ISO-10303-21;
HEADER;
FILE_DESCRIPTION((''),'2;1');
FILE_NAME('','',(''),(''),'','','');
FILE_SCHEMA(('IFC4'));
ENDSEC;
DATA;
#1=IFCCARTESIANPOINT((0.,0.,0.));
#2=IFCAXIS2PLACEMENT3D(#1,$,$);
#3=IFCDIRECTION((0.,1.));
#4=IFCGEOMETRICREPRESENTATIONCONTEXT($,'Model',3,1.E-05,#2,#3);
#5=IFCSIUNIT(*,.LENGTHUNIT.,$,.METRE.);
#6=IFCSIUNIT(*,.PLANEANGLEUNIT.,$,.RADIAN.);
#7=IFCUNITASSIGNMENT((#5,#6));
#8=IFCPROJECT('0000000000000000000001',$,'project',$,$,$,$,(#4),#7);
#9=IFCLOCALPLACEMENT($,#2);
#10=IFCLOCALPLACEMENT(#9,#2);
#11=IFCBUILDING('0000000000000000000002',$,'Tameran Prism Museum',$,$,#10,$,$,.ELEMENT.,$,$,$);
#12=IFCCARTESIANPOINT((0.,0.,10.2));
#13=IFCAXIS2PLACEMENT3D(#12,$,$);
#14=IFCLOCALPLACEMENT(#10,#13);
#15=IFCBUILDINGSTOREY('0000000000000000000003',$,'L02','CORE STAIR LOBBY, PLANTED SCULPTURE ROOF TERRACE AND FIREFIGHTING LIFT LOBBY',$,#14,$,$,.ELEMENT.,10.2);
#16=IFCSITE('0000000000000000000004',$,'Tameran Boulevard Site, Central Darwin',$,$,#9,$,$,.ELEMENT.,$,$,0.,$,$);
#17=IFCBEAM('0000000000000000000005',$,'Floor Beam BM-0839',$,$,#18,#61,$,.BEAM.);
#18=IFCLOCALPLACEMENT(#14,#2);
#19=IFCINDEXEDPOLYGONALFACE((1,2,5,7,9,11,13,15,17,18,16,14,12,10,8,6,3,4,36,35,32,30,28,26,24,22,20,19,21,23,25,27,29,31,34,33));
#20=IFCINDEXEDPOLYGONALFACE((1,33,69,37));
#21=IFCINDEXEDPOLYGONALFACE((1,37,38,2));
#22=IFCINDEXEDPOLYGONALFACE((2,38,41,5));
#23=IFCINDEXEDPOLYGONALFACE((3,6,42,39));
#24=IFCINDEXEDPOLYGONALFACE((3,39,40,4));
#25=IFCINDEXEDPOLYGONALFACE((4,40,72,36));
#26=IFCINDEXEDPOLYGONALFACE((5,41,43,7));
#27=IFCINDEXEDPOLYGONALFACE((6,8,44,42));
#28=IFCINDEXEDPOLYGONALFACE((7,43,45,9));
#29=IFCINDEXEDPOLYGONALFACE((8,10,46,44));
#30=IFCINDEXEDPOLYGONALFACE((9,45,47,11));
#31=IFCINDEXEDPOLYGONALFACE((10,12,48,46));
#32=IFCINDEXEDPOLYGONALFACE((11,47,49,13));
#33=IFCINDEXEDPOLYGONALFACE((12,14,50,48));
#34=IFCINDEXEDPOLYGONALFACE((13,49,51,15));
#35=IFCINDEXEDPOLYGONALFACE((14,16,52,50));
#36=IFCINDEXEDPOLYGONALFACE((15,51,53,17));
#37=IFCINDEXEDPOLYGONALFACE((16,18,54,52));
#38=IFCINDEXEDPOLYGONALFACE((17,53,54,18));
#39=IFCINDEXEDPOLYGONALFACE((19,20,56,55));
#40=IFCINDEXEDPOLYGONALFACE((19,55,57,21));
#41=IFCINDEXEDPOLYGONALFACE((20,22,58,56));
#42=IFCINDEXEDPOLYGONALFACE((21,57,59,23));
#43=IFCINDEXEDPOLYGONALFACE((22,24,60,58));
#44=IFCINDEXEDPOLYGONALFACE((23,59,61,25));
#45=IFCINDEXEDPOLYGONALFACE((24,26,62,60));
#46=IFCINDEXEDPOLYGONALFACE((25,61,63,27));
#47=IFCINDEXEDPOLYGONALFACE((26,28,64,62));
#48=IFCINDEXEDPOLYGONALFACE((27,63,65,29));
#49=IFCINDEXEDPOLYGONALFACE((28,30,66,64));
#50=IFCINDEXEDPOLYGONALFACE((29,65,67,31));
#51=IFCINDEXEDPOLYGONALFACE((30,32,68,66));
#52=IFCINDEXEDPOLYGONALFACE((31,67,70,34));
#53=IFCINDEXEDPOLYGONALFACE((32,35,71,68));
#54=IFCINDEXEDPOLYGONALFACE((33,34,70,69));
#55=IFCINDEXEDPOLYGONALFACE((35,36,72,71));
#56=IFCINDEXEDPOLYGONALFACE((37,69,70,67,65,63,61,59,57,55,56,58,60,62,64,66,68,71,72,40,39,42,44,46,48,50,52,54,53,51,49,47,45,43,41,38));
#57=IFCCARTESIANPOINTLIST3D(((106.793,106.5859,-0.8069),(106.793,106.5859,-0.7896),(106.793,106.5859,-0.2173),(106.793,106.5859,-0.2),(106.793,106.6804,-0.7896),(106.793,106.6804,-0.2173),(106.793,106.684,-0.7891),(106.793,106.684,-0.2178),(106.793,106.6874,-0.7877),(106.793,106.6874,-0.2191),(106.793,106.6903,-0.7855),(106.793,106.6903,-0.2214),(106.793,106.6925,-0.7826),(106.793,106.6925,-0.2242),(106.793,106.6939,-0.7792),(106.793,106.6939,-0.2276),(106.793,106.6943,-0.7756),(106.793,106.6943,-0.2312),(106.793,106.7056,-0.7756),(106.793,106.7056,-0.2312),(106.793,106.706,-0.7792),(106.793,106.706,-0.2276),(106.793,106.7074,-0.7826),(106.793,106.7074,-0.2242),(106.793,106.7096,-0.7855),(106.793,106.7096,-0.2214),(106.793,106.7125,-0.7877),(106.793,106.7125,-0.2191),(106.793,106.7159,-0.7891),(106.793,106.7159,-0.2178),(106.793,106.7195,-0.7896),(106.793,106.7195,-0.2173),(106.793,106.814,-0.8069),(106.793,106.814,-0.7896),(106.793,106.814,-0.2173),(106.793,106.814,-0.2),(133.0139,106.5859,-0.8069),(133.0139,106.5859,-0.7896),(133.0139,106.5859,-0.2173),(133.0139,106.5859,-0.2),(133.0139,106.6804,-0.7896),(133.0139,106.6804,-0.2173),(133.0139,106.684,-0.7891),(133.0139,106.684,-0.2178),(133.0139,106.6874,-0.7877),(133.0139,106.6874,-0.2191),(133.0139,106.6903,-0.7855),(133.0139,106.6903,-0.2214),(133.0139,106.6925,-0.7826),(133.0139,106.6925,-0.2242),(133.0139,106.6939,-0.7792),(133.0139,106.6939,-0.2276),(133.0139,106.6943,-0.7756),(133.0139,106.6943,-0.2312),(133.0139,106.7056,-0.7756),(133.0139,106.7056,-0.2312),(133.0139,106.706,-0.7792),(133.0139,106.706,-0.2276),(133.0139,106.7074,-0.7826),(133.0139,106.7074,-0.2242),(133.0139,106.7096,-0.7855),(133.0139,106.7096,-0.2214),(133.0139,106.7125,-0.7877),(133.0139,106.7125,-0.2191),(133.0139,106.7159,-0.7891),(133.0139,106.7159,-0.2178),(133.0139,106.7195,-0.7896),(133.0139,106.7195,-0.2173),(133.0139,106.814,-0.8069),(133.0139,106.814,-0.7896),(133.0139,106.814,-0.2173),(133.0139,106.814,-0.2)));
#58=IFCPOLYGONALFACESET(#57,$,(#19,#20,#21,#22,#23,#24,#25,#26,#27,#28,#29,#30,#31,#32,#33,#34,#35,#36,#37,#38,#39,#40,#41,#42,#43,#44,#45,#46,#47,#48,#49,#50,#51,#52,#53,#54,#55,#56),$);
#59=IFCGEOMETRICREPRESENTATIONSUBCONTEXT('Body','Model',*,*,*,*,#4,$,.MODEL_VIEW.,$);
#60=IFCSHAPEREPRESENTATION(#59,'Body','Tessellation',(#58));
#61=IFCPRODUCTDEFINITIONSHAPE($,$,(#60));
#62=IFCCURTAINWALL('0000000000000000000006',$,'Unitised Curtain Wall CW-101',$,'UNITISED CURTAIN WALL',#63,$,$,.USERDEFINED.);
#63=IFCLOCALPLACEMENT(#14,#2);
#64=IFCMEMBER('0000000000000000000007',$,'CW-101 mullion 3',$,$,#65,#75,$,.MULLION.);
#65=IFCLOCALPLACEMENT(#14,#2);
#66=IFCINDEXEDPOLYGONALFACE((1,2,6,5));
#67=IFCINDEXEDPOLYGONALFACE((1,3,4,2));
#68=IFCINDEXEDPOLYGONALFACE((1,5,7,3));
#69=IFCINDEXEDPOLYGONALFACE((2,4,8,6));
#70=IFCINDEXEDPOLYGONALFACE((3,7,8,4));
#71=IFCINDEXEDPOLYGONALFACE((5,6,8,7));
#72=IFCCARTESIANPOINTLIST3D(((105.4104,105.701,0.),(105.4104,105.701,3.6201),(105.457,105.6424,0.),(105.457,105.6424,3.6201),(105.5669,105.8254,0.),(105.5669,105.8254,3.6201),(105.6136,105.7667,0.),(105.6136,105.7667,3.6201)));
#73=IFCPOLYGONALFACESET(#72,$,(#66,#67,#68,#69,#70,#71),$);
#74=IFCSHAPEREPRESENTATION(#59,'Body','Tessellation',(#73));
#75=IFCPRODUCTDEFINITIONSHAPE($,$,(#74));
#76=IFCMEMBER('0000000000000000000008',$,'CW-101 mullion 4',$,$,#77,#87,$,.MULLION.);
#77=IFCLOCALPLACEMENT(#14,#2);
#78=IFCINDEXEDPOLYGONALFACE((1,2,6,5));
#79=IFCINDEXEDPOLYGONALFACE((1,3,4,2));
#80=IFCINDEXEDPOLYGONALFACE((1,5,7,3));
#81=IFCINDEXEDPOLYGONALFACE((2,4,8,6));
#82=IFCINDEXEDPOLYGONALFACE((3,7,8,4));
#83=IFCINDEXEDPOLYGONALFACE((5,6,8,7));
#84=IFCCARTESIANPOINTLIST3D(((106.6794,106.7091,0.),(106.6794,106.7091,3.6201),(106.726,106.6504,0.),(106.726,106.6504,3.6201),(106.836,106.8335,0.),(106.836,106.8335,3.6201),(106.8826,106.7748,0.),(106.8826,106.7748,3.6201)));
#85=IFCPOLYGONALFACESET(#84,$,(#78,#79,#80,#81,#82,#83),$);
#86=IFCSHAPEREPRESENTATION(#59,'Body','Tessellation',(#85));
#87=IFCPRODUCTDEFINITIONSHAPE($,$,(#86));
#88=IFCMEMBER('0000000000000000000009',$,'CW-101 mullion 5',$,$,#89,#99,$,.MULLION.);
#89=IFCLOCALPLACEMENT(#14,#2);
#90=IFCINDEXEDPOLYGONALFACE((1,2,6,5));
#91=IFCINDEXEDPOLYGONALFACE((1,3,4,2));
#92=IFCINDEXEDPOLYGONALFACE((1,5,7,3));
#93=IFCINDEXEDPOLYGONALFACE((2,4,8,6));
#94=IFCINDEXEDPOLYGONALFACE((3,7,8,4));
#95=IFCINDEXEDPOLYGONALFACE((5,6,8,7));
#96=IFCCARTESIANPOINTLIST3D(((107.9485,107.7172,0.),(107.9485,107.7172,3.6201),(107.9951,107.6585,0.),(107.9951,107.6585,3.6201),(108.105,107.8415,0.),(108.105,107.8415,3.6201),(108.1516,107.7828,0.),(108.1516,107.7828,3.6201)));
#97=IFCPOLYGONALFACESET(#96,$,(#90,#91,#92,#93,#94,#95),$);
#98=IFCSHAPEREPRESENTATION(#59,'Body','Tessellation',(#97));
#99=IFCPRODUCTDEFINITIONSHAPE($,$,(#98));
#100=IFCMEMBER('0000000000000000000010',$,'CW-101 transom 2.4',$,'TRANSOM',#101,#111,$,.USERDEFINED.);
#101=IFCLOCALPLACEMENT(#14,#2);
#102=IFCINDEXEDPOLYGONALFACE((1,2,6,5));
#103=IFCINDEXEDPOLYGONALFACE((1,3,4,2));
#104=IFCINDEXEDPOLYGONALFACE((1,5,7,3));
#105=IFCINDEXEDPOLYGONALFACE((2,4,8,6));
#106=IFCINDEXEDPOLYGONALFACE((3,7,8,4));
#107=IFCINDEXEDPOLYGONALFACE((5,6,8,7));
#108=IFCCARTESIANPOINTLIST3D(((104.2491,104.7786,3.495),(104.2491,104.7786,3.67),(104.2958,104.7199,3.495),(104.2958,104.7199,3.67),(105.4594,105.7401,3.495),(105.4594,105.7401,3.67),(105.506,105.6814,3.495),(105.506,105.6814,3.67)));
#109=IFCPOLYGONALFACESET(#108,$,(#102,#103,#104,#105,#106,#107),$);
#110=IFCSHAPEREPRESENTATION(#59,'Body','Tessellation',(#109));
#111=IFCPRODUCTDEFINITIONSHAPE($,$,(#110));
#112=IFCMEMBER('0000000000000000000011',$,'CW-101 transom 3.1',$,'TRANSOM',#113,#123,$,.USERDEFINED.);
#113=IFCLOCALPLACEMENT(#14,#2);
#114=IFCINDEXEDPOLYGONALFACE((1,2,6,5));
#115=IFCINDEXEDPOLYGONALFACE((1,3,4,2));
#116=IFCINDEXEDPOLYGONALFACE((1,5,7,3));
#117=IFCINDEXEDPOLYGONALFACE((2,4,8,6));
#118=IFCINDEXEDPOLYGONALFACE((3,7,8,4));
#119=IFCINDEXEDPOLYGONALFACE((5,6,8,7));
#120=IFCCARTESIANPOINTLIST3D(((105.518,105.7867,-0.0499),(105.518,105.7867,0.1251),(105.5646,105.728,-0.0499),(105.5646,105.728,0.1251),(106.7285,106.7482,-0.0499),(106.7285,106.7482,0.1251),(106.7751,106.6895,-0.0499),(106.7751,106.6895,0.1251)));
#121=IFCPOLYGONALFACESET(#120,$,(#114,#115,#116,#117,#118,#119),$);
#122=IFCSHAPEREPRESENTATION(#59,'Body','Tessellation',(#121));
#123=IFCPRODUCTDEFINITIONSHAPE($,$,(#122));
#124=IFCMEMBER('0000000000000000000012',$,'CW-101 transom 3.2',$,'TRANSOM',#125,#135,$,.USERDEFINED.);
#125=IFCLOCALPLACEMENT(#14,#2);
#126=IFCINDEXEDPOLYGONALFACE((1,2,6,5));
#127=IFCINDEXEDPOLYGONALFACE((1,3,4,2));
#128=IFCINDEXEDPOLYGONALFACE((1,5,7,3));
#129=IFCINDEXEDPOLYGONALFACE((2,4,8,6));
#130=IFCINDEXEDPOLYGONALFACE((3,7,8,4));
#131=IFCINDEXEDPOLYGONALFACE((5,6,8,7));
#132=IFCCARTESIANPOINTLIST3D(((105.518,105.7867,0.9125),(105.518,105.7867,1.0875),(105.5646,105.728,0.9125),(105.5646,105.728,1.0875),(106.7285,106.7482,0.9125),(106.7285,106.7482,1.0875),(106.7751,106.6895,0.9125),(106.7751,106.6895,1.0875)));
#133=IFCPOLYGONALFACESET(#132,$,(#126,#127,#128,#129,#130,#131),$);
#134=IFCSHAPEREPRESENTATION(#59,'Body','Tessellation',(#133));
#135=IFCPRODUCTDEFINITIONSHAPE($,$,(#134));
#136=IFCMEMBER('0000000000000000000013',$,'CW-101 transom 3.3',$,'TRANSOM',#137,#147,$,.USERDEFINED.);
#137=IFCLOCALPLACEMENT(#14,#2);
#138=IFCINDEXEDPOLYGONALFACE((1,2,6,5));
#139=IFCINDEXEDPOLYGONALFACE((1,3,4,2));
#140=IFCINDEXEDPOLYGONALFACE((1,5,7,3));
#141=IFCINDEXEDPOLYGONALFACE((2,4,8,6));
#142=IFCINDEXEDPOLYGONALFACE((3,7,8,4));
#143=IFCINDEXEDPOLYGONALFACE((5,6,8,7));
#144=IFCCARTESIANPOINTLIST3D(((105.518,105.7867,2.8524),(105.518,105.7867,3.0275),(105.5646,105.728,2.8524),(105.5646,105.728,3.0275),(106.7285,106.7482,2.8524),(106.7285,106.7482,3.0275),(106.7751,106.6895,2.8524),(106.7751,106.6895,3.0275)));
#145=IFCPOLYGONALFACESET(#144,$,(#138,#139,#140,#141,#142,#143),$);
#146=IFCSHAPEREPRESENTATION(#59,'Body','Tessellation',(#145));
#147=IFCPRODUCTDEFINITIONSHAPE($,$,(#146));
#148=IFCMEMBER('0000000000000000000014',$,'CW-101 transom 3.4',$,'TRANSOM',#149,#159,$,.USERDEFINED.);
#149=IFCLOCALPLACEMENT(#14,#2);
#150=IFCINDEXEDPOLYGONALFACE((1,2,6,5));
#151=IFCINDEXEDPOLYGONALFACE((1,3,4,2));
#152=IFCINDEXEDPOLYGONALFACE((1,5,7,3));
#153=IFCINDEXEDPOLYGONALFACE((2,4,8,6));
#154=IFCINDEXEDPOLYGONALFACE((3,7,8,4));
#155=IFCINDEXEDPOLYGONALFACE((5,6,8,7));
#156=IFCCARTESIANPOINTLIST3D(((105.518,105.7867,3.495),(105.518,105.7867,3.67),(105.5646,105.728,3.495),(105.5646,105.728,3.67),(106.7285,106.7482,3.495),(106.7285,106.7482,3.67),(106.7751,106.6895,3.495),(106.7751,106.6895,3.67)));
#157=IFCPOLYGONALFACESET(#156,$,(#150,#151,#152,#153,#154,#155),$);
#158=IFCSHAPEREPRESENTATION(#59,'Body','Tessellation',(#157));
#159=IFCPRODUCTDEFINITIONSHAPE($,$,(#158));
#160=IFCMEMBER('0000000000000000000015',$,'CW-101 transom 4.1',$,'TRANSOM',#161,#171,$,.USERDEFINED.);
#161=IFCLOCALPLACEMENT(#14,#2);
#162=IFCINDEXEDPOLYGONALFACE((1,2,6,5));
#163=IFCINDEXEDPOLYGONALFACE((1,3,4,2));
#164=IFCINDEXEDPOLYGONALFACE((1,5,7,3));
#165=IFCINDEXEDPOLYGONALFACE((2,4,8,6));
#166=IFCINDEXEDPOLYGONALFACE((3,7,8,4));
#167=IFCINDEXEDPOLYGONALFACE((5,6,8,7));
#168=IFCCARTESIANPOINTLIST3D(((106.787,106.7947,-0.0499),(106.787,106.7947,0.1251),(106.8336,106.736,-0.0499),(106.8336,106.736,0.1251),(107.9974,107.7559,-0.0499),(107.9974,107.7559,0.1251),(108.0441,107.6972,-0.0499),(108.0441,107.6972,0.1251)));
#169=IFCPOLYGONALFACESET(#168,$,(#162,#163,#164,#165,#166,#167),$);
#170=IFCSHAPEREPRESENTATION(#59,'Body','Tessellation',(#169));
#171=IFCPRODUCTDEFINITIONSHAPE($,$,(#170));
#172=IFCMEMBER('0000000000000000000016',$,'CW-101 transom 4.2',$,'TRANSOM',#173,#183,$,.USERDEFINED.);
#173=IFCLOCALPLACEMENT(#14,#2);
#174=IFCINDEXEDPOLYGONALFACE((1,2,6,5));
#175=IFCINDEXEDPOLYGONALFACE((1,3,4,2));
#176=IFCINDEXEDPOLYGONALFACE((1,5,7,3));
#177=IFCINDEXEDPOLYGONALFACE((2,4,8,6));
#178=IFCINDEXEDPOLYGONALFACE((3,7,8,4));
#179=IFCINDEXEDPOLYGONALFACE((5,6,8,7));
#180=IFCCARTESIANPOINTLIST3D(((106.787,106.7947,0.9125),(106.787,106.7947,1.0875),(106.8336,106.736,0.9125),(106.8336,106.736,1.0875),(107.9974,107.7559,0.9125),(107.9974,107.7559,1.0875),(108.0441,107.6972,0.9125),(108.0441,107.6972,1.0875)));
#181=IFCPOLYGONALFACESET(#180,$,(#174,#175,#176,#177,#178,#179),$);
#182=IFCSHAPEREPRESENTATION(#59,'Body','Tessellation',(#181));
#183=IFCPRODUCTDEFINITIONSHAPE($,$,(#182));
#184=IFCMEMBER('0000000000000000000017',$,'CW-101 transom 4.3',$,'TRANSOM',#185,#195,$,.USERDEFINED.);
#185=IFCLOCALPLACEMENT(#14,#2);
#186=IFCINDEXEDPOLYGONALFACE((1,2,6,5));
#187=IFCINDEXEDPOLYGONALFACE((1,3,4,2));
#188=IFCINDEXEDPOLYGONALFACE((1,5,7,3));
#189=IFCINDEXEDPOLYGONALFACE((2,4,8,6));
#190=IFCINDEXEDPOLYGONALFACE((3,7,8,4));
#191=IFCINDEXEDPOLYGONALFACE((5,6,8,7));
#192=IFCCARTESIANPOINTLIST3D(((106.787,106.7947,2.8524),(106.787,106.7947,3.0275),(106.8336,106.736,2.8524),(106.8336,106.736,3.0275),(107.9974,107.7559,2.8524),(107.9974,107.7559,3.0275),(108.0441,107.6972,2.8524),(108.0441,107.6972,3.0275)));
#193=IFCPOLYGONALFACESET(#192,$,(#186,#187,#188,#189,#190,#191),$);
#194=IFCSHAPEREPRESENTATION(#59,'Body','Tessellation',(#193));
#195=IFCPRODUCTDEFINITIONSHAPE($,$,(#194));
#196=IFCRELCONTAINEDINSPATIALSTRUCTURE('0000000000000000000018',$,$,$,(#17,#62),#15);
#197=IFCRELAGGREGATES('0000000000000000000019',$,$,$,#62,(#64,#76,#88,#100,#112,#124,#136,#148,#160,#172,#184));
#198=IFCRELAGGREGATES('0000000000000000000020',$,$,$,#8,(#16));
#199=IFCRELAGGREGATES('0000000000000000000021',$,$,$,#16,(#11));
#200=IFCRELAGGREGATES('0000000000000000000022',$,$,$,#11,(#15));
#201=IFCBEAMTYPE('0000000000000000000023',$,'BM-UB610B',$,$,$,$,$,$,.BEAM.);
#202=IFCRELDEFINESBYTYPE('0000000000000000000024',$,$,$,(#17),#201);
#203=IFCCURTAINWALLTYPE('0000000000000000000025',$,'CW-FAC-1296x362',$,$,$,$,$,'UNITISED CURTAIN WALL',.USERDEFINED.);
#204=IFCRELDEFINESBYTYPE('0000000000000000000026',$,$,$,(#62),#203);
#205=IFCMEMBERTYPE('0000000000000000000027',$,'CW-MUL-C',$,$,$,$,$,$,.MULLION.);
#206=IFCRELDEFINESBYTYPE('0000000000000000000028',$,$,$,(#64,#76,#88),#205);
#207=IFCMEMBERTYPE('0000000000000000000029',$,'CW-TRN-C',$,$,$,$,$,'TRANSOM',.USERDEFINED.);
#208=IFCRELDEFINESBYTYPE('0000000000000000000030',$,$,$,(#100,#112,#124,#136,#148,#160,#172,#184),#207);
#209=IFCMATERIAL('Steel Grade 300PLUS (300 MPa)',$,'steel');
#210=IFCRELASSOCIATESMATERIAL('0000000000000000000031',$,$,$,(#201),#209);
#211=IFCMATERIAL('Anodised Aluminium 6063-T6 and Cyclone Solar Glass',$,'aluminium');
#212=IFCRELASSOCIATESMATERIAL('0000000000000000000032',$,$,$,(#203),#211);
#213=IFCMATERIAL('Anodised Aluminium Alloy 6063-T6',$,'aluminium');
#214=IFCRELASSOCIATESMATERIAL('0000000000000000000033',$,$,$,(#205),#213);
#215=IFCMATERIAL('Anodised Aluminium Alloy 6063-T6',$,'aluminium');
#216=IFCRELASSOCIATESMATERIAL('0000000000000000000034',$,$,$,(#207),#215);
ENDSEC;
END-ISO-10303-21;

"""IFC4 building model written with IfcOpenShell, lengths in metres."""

from ifc_helpers import new_model, si_unit, direction, frame, origin, origin_2d, place, context, subcontext, project, spatial, rectangle, i_section, extrude, material, material_profile, profile_set, type_object, element, aggregate, save


model = new_model("IFC4")

# Units and contexts
model_context = context("Model", 3, precision=1e-05, world=origin(), true_north=direction((0.0, 1.0)))
body_context = subcontext(model_context, "Body", "Model", "MODEL_VIEW")
ifc_project = project(units=[si_unit("LENGTHUNIT", "METRE"), si_unit("PLANEANGLEUNIT", "RADIAN")], contexts=[model_context])

# Site, building, storey
site_placement = place(None, origin())
site = spatial("IfcSite", under=ifc_project, at=site_placement, Name="Tameran Boulevard Site, Central Darwin", CompositionType="ELEMENT", RefElevation=0.0)
building_placement = place(site_placement, origin())
building = spatial("IfcBuilding", under=site, at=building_placement, Name="Tameran Prism Museum", CompositionType="ELEMENT")
storey_placement = place(building_placement, frame((0.0, 0.0, 10.2)))
storey = spatial("IfcBuildingStorey", under=building, at=storey_placement, Name="L02", Description="CORE STAIR LOBBY, PLANTED SCULPTURE ROOF TERRACE AND FIREFIGHTING LIFT LOBBY", CompositionType="ELEMENT", Elevation=10.2)

# Beam
ifc_material_1 = material(Name="Steel Grade 300PLUS (300 MPa)", Category="steel")
ifc_material_profile_1 = material_profile(ifc_material_1, i_section(OverallWidth=0.228, OverallDepth=0.6069, WebThickness=0.0112, FlangeThickness=0.0173, FilletRadius=0.0139, at=origin_2d()))
ifc_profile_set_1 = profile_set([ifc_material_profile_1])
beam_type = type_object("IfcBeamType", Name="BM-UB610B", PredefinedType="BEAM", material=ifc_profile_set_1)
beam_placement = place(storey_placement, frame((106.793, 106.7, -0.5034), z_axis=(1.0, 0.0, 0.0), x_axis=(0.0, 1.0, 0.0)))
element("IfcBeam", 1, at=beam_placement, inside=storey, type_object=beam_type, Name="Floor Beam BM-0839", PredefinedType="BEAM", context=body_context, shape_type="SweptSolid", body=[
    extrude(i_section(OverallWidth=0.228, OverallDepth=0.6069, WebThickness=0.0112, FlangeThickness=0.0173, FilletRadius=0.0139, at=origin_2d()), origin(), (0.0, 0.0, 1.0), 26.2209),
])

# Curtain wall, members
ifc_material_2 = material(Name="Anodised Aluminium 6063-T6 and Cyclone Solar Glass", Category="aluminium")
curtain_wall_type = type_object("IfcCurtainWallType", Name="CW-FAC-1296x362", ElementType="UNITISED CURTAIN WALL", PredefinedType="USERDEFINED", material=ifc_material_2)
curtain_wall_placement = place(storey_placement, origin())
curtain_wall = element("IfcCurtainWall", 2, at=curtain_wall_placement, inside=storey, type_object=curtain_wall_type, Name="Unitised Curtain Wall CW-101", ObjectType="UNITISED CURTAIN WALL", PredefinedType="USERDEFINED")
ifc_material_3 = material(Name="Anodised Aluminium Alloy 6063-T6", Category="aluminium")
ifc_material_profile_2 = material_profile(ifc_material_3, rectangle(XDim=0.075, YDim=0.2, at=origin_2d()))
ifc_profile_set_2 = profile_set([ifc_material_profile_2])
member_type_1 = type_object("IfcMemberType", Name="CW-MUL-C", PredefinedType="MULLION", material=ifc_profile_set_2)
member_1_placement = place(storey_placement, frame((105.512, 105.7339, 0.0), z_axis=(0.0, 0.0, 1.0), x_axis=(-0.621982, 0.783031, 0.0)))
member_1 = element("IfcMember", 3, at=member_1_placement, type_object=member_type_1, Name="CW-101 mullion 3", PredefinedType="MULLION", context=body_context, shape_type="SweptSolid", body=[
    extrude(rectangle(XDim=0.075, YDim=0.2, at=origin_2d()), origin(), (0.0, 0.0, 1.0), 3.6201),
])
member_2_placement = place(storey_placement, frame((106.781, 106.7419, 0.0), z_axis=(0.0, 0.0, 1.0), x_axis=(-0.621982, 0.783031, 0.0)))
member_2 = element("IfcMember", 4, at=member_2_placement, type_object=member_type_1, Name="CW-101 mullion 4", PredefinedType="MULLION", context=body_context, shape_type="SweptSolid", body=[
    extrude(rectangle(XDim=0.075, YDim=0.2, at=origin_2d()), origin(), (0.0, 0.0, 1.0), 3.6201),
])
member_3_placement = place(storey_placement, frame((108.05, 107.75, 0.0), z_axis=(0.0, 0.0, 1.0), x_axis=(-0.621982, 0.783031, 0.0)))
member_3 = element("IfcMember", 5, at=member_3_placement, type_object=member_type_1, Name="CW-101 mullion 5", PredefinedType="MULLION", context=body_context, shape_type="SweptSolid", body=[
    extrude(rectangle(XDim=0.075, YDim=0.2, at=origin_2d()), origin(), (0.0, 0.0, 1.0), 3.6201),
])
ifc_material_4 = material(Name="Anodised Aluminium Alloy 6063-T6", Category="aluminium")
ifc_material_profile_3 = material_profile(ifc_material_4, rectangle(XDim=0.075, YDim=0.175, at=origin_2d()))
ifc_profile_set_3 = profile_set([ifc_material_profile_3])
member_type_2 = type_object("IfcMemberType", Name="CW-TRN-C", ElementType="TRANSOM", PredefinedType="USERDEFINED", material=ifc_profile_set_3)
member_4_placement = place(storey_placement, frame((104.2725, 104.7493, 3.5825), z_axis=(0.782991, 0.622033, 0.0), x_axis=(-0.622033, 0.782991, 0.0)))
member_4 = element("IfcMember", 6, at=member_4_placement, type_object=member_type_2, Name="CW-101 transom 2.4", ObjectType="TRANSOM", PredefinedType="USERDEFINED", context=body_context, shape_type="SweptSolid", body=[
    extrude(rectangle(XDim=0.075, YDim=0.175, at=origin_2d()), origin(), (0.0, 0.0, 1.0), 1.5457),
])
member_5_placement = place(storey_placement, frame((105.5413, 105.7573, 0.0376), z_axis=(0.783052, 0.621956, 0.0), x_axis=(-0.621956, 0.783052, 0.0)))
member_5 = element("IfcMember", 7, at=member_5_placement, type_object=member_type_2, Name="CW-101 transom 3.1", ObjectType="TRANSOM", PredefinedType="USERDEFINED", context=body_context, shape_type="SweptSolid", body=[
    extrude(rectangle(XDim=0.075, YDim=0.175, at=origin_2d()), origin(), (0.0, 0.0, 1.0), 1.5459),
])
member_6_placement = place(storey_placement, frame((105.5413, 105.7573, 1.0), z_axis=(0.783052, 0.621956, 0.0), x_axis=(-0.621956, 0.783052, 0.0)))
member_6 = element("IfcMember", 8, at=member_6_placement, type_object=member_type_2, Name="CW-101 transom 3.2", ObjectType="TRANSOM", PredefinedType="USERDEFINED", context=body_context, shape_type="SweptSolid", body=[
    extrude(rectangle(XDim=0.075, YDim=0.175, at=origin_2d()), origin(), (0.0, 0.0, 1.0), 1.5459),
])
member_7_placement = place(storey_placement, frame((105.5413, 105.7573, 2.9399), z_axis=(0.783052, 0.621956, 0.0), x_axis=(-0.621956, 0.783052, 0.0)))
member_7 = element("IfcMember", 9, at=member_7_placement, type_object=member_type_2, Name="CW-101 transom 3.3", ObjectType="TRANSOM", PredefinedType="USERDEFINED", context=body_context, shape_type="SweptSolid", body=[
    extrude(rectangle(XDim=0.075, YDim=0.175, at=origin_2d()), origin(), (0.0, 0.0, 1.0), 1.5459),
])
member_8_placement = place(storey_placement, frame((105.5413, 105.7573, 3.5825), z_axis=(0.783052, 0.621956, 0.0), x_axis=(-0.621956, 0.783052, 0.0)))
member_8 = element("IfcMember", 10, at=member_8_placement, type_object=member_type_2, Name="CW-101 transom 3.4", ObjectType="TRANSOM", PredefinedType="USERDEFINED", context=body_context, shape_type="SweptSolid", body=[
    extrude(rectangle(XDim=0.075, YDim=0.175, at=origin_2d()), origin(), (0.0, 0.0, 1.0), 1.5459),
])
member_9_placement = place(storey_placement, frame((106.8103, 106.7654, 0.0376), z_axis=(0.783129, 0.621859, 0.0), x_axis=(-0.621859, 0.783129, 0.0)))
member_9 = element("IfcMember", 11, at=member_9_placement, type_object=member_type_2, Name="CW-101 transom 4.1", ObjectType="TRANSOM", PredefinedType="USERDEFINED", context=body_context, shape_type="SweptSolid", body=[
    extrude(rectangle(XDim=0.075, YDim=0.175, at=origin_2d()), origin(), (0.0, 0.0, 1.0), 1.5457),
])
member_10_placement = place(storey_placement, frame((106.8103, 106.7654, 1.0), z_axis=(0.783129, 0.621859, 0.0), x_axis=(-0.621859, 0.783129, 0.0)))
member_10 = element("IfcMember", 12, at=member_10_placement, type_object=member_type_2, Name="CW-101 transom 4.2", ObjectType="TRANSOM", PredefinedType="USERDEFINED", context=body_context, shape_type="SweptSolid", body=[
    extrude(rectangle(XDim=0.075, YDim=0.175, at=origin_2d()), origin(), (0.0, 0.0, 1.0), 1.5457),
])
member_11_placement = place(storey_placement, frame((106.8103, 106.7654, 2.9399), z_axis=(0.783129, 0.621859, 0.0), x_axis=(-0.621859, 0.783129, 0.0)))
member_11 = element("IfcMember", 13, at=member_11_placement, type_object=member_type_2, Name="CW-101 transom 4.3", ObjectType="TRANSOM", PredefinedType="USERDEFINED", context=body_context, shape_type="SweptSolid", body=[
    extrude(rectangle(XDim=0.075, YDim=0.175, at=origin_2d()), origin(), (0.0, 0.0, 1.0), 1.5457),
])
aggregate(curtain_wall, [member_1, member_2, member_3, member_4, member_5, member_6, member_7, member_8, member_9, member_10, member_11])

save(model, "model.ifc")
